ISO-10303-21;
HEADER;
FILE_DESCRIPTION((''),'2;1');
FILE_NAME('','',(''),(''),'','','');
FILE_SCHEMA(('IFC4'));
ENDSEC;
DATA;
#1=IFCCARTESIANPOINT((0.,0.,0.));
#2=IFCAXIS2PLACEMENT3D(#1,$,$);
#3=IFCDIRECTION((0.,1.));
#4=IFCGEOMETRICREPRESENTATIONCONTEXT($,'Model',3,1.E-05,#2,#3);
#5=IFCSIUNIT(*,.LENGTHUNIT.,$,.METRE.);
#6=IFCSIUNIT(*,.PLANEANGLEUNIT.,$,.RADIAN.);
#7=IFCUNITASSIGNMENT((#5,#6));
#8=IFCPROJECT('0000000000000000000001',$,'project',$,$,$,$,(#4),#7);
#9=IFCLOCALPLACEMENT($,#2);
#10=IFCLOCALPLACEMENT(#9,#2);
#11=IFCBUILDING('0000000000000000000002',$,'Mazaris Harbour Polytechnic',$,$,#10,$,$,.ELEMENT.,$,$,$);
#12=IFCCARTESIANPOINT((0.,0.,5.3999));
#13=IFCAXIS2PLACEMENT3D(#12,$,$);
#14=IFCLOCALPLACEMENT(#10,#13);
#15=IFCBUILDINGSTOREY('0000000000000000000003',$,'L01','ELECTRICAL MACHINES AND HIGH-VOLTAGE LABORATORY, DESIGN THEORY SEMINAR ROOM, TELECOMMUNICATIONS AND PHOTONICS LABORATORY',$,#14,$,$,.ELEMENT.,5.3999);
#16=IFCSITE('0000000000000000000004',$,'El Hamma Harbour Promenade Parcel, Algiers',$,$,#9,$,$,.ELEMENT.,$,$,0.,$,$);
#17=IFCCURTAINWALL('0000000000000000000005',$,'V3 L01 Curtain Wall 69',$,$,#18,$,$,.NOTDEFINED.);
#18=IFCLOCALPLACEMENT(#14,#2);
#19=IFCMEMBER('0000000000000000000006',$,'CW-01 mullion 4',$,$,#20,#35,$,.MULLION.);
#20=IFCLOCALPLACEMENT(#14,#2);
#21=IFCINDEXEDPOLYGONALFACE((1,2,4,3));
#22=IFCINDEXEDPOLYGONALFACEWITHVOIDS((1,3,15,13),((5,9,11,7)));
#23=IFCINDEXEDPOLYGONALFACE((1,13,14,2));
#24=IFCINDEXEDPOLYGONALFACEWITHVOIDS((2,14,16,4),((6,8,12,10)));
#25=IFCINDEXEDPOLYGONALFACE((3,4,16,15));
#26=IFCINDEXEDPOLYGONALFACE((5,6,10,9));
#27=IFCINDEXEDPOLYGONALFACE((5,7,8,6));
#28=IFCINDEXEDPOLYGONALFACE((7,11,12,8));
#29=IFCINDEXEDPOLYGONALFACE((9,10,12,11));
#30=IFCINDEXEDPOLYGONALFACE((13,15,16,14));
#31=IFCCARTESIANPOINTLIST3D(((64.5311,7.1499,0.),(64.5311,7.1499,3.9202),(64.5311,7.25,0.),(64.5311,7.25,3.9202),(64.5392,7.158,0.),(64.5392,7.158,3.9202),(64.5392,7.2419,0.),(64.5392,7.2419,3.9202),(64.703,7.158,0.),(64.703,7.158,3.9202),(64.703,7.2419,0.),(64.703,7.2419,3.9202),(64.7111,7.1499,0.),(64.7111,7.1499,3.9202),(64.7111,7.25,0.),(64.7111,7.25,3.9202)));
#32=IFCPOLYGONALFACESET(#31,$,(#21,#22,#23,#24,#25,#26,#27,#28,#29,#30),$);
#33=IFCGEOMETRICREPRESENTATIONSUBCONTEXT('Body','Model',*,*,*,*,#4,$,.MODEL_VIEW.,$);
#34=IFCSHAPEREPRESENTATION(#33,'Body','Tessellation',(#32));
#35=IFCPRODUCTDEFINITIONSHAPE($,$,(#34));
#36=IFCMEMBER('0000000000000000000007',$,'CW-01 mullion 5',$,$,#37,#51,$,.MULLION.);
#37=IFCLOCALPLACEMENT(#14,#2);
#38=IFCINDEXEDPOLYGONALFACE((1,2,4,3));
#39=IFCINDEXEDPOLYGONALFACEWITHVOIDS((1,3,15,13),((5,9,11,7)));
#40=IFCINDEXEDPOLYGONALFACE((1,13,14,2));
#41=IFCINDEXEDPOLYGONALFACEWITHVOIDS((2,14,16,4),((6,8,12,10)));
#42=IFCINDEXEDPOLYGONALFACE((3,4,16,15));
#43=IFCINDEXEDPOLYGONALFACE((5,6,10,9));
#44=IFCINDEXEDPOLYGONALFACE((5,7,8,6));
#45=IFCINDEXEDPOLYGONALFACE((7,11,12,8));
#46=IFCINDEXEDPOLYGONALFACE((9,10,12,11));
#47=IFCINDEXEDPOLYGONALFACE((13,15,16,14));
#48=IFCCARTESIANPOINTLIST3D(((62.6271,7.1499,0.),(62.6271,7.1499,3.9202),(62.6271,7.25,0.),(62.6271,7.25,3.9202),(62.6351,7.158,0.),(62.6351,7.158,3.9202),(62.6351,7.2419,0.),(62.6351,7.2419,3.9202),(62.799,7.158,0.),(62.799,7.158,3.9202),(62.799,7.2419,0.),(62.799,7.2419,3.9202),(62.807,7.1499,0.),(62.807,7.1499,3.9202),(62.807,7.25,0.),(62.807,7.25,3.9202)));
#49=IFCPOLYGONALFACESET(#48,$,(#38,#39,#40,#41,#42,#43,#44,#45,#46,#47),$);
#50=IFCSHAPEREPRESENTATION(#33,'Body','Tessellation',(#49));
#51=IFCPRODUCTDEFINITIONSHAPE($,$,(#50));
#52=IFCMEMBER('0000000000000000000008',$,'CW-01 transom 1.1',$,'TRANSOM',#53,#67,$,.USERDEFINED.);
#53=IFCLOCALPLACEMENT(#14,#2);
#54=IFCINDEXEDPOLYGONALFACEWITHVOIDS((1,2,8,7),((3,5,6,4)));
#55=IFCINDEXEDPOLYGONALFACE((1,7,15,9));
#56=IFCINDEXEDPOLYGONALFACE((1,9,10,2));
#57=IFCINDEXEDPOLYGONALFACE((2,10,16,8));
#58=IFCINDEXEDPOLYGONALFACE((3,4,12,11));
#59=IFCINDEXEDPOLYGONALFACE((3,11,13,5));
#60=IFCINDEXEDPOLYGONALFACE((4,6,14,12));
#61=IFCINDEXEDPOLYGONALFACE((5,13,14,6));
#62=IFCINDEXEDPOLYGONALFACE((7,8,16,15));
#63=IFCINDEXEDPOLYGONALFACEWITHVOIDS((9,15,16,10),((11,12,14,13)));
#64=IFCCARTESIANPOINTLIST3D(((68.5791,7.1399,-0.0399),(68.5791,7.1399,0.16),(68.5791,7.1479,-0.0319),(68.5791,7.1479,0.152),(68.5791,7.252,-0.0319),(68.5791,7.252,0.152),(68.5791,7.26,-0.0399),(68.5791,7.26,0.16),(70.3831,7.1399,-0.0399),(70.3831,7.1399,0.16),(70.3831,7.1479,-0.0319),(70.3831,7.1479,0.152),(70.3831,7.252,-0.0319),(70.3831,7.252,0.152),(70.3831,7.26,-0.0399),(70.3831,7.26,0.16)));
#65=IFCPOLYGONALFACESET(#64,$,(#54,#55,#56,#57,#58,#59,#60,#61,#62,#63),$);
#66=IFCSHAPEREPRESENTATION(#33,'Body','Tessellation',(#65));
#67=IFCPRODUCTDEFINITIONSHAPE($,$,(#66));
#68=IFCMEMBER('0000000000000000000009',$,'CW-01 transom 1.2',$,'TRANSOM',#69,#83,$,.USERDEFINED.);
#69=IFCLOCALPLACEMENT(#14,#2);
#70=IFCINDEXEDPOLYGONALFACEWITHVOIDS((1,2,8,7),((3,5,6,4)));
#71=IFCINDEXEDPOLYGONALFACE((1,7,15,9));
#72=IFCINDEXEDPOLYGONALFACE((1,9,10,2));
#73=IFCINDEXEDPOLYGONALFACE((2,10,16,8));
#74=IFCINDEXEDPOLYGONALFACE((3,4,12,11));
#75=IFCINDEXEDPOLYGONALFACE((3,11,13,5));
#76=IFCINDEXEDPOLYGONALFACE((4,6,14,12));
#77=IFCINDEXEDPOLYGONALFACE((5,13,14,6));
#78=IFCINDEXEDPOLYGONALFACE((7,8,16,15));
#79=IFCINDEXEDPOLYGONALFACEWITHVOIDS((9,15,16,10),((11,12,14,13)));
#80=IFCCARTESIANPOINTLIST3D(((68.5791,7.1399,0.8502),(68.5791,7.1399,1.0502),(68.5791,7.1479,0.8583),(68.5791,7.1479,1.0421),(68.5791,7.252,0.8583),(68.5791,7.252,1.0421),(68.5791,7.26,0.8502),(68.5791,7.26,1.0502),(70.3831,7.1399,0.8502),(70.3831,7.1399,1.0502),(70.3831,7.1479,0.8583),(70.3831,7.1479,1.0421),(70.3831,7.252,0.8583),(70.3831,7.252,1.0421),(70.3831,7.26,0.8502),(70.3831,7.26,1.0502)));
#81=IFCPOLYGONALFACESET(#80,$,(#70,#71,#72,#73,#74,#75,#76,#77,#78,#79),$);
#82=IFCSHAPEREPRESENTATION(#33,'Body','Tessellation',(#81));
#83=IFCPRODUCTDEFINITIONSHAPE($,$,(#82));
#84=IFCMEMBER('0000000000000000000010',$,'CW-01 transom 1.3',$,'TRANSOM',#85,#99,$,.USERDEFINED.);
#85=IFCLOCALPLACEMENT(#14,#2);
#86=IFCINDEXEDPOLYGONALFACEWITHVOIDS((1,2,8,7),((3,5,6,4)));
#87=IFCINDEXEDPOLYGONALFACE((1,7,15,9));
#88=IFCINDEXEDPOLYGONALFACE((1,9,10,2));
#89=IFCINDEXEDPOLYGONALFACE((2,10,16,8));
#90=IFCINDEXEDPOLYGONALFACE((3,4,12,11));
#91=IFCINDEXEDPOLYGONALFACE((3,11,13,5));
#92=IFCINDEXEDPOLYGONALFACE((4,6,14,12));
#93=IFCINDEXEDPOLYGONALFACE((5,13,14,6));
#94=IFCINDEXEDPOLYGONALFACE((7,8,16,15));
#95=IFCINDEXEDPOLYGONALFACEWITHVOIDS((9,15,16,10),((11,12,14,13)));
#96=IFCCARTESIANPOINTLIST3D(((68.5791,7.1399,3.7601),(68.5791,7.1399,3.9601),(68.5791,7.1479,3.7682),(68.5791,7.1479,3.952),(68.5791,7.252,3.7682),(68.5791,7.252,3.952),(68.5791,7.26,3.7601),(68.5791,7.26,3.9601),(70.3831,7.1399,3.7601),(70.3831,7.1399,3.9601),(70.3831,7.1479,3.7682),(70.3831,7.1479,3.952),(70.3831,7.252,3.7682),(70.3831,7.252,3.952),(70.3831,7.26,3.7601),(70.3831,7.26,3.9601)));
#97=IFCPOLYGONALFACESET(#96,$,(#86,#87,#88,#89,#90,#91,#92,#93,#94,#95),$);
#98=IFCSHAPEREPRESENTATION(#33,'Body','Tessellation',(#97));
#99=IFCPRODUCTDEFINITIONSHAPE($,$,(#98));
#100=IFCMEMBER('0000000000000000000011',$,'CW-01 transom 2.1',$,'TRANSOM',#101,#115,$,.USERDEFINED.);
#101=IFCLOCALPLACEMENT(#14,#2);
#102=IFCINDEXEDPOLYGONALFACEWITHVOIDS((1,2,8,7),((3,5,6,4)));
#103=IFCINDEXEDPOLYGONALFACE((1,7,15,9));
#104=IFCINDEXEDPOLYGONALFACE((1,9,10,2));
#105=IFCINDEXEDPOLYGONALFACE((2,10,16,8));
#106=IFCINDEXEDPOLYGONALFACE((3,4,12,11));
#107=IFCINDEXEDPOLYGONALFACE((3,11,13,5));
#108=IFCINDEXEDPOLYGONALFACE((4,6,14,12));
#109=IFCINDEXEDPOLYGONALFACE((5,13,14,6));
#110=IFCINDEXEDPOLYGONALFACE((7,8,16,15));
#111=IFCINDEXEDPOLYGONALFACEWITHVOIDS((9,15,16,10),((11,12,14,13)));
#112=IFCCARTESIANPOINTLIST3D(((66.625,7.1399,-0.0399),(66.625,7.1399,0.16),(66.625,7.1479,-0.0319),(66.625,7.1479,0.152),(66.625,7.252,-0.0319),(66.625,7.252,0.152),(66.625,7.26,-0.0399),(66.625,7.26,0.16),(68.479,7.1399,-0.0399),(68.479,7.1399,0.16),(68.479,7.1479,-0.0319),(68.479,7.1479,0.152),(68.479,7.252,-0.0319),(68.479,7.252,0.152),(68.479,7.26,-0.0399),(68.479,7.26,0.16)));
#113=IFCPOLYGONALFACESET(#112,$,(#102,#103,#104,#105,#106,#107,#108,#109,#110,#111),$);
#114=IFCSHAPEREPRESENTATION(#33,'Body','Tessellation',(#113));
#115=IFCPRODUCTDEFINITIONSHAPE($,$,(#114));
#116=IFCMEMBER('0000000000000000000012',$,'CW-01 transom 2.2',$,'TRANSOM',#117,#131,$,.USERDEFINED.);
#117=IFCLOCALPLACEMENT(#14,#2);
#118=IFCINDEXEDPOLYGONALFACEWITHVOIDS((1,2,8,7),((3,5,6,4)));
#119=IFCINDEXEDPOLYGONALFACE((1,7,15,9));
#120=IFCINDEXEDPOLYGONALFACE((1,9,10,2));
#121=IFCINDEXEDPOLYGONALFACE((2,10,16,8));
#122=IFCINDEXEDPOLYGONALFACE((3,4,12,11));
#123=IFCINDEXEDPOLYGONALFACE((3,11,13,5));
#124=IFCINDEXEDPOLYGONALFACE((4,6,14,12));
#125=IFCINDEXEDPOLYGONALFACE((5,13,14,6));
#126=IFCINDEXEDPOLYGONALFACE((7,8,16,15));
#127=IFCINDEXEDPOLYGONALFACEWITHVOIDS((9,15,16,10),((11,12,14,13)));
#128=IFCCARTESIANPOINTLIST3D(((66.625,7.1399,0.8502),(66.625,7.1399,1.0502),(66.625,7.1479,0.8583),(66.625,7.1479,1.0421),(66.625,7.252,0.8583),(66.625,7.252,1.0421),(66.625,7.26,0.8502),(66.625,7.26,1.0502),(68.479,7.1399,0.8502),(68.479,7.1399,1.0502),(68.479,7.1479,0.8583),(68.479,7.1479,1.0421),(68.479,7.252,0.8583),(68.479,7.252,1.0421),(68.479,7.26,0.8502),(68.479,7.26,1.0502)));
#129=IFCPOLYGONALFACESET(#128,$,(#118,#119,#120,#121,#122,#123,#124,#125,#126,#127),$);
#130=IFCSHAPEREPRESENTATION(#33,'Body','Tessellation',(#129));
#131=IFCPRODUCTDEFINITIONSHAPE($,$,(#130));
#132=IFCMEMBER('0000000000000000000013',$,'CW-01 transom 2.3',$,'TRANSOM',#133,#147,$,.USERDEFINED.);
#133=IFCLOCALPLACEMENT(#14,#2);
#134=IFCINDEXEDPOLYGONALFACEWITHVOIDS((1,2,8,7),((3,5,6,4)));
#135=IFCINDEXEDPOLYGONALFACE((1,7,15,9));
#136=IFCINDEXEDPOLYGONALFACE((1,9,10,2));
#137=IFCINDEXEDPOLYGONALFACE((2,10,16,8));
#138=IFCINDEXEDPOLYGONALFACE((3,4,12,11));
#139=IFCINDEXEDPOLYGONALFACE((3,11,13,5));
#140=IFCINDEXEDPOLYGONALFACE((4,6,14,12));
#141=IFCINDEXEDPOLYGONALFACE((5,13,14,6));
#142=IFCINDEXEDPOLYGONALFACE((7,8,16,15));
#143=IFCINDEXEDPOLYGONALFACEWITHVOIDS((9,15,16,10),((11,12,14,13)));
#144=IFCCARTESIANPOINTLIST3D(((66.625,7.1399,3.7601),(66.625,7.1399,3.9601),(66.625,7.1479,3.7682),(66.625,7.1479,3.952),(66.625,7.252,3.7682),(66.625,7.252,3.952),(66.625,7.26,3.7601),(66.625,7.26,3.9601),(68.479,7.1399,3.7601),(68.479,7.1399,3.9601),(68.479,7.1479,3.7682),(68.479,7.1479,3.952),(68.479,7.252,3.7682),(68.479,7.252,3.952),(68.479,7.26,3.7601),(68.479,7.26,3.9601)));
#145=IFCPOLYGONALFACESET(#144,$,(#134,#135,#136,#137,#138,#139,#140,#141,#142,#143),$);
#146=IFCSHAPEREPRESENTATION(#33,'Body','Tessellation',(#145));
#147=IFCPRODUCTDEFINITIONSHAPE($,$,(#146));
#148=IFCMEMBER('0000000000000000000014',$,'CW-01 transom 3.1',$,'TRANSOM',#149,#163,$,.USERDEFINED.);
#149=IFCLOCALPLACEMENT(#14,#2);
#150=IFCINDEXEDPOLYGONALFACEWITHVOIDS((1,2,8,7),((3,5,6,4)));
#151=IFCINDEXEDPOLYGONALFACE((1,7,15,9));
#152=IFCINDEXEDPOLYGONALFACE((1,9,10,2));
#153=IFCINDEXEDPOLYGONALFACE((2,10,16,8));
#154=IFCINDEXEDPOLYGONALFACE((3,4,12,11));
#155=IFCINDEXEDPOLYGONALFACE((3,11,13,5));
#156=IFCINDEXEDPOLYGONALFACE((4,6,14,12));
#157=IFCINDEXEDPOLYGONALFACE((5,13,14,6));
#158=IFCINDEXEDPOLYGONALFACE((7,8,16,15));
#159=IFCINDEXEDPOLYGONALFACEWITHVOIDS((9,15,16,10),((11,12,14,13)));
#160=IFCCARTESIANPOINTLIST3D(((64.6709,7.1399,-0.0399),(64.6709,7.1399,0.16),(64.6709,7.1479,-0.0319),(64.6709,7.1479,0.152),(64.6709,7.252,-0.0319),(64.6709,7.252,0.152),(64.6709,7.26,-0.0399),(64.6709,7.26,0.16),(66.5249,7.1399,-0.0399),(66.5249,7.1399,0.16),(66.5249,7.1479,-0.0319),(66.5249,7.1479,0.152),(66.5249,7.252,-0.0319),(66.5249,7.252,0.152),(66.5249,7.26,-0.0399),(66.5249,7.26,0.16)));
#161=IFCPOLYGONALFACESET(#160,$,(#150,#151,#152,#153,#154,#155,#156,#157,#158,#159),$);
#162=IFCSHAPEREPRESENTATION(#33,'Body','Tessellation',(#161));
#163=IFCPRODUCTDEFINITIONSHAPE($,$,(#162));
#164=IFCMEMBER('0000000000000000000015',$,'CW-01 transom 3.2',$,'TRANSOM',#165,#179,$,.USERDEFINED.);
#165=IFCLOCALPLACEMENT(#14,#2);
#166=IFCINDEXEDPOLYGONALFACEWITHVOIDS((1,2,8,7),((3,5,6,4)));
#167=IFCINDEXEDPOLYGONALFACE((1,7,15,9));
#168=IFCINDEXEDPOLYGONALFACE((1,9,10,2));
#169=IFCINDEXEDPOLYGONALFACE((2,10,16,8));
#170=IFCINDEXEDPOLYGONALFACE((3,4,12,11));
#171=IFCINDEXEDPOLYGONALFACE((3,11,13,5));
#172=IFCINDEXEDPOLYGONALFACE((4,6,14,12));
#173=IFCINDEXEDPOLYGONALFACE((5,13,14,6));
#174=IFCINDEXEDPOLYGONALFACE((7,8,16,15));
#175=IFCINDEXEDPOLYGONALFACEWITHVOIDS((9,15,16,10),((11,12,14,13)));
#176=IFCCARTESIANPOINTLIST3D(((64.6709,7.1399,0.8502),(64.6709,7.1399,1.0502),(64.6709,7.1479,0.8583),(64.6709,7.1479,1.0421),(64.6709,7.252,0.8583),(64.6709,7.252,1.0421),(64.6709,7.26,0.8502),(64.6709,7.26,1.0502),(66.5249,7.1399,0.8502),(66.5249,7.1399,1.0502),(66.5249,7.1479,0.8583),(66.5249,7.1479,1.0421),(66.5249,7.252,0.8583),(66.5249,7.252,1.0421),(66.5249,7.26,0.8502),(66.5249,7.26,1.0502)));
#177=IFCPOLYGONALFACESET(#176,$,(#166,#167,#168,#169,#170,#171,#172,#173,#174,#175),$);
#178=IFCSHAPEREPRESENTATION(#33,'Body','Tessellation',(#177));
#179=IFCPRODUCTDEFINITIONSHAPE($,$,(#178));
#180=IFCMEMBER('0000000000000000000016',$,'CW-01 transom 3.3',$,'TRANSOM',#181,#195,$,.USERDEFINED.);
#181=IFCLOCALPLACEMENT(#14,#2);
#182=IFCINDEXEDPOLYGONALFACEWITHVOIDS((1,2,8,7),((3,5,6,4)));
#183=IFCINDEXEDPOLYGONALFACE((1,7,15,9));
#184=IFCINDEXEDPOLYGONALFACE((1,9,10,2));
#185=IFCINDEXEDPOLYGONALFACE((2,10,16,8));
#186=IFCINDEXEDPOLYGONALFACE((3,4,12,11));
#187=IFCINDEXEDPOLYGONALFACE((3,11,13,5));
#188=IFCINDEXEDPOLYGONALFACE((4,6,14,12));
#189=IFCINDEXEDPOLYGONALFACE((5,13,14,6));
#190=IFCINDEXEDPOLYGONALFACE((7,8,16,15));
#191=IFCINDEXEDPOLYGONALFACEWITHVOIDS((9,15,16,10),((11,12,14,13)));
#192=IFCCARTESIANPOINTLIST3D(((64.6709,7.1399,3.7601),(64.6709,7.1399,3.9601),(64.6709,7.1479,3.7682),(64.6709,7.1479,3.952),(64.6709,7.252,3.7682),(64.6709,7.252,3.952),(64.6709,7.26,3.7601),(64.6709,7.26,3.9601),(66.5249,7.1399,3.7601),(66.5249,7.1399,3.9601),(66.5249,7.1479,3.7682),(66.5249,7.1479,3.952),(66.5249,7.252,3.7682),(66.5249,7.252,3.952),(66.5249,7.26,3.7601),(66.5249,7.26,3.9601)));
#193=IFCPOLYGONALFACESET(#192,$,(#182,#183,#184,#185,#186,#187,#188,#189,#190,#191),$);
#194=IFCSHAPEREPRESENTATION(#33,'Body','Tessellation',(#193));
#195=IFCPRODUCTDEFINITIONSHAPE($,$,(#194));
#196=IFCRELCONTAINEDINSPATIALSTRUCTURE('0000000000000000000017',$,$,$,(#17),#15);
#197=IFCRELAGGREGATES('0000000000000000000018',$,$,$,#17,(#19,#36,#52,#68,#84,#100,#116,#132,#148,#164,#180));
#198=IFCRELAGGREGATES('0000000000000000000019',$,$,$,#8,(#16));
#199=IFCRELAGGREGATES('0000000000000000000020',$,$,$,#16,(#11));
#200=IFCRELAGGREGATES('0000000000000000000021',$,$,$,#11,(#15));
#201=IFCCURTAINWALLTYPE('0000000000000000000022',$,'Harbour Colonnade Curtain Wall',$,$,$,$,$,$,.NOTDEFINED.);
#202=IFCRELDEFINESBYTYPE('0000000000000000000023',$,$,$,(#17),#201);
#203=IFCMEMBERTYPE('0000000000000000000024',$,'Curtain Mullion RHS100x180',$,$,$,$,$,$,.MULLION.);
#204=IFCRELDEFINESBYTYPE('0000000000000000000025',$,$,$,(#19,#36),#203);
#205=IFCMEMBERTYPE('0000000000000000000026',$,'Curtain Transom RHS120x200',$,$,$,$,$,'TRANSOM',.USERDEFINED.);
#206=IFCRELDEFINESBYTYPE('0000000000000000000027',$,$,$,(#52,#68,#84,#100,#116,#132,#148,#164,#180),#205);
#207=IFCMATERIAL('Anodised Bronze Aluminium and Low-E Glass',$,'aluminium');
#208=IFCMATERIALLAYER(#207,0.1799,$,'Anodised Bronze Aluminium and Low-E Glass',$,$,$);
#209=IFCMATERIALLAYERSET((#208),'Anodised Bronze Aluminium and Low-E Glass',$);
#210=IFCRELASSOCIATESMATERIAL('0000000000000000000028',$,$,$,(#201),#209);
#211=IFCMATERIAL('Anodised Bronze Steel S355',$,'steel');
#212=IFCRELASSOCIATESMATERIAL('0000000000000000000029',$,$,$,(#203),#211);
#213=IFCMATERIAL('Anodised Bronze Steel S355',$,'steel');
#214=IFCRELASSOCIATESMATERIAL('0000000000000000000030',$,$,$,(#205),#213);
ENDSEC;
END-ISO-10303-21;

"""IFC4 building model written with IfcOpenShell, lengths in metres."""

from ifc_helpers import new_model, si_unit, direction, frame, origin, origin_2d, place, context, subcontext, project, spatial, hollow_rectangle, extrude, material, layer, layer_set, material_profile, profile_set, type_object, element, aggregate, save


model = new_model("IFC4")

# Units and contexts
model_context = context("Model", 3, precision=1e-05, world=origin(), true_north=direction((0.0, 1.0)))
body_context = subcontext(model_context, "Body", "Model", "MODEL_VIEW")
ifc_project = project(units=[si_unit("LENGTHUNIT", "METRE"), si_unit("PLANEANGLEUNIT", "RADIAN")], contexts=[model_context])

# Site, building, storey
site_placement = place(None, origin())
site = spatial("IfcSite", under=ifc_project, at=site_placement, Name="El Hamma Harbour Promenade Parcel, Algiers", CompositionType="ELEMENT", RefElevation=0.0)
building_placement = place(site_placement, origin())
building = spatial("IfcBuilding", under=site, at=building_placement, Name="Mazaris Harbour Polytechnic", CompositionType="ELEMENT")
storey_placement = place(building_placement, frame((0.0, 0.0, 5.3999)))
storey = spatial("IfcBuildingStorey", under=building, at=storey_placement, Name="L01", Description="ELECTRICAL MACHINES AND HIGH-VOLTAGE LABORATORY, DESIGN THEORY SEMINAR ROOM, TELECOMMUNICATIONS AND PHOTONICS LABORATORY", CompositionType="ELEMENT", Elevation=5.3999)

# Curtain wall, members
ifc_material_1 = material(Name="Anodised Bronze Aluminium and Low-E Glass", Category="aluminium")
ifc_layer_1 = layer(ifc_material_1, 0.1799, Name="Anodised Bronze Aluminium and Low-E Glass")
ifc_layer_set_1 = layer_set([ifc_layer_1], Name="Anodised Bronze Aluminium and Low-E Glass")
curtain_wall_type = type_object("IfcCurtainWallType", Name="Harbour Colonnade Curtain Wall", PredefinedType="NOTDEFINED", material=ifc_layer_set_1)
curtain_wall_placement = place(storey_placement, origin())
curtain_wall = element("IfcCurtainWall", 1, at=curtain_wall_placement, inside=storey, type_object=curtain_wall_type, Name="V3 L01 Curtain Wall 69", PredefinedType="NOTDEFINED")
ifc_material_2 = material(Name="Anodised Bronze Steel S355", Category="steel")
ifc_material_profile_1 = material_profile(ifc_material_2, hollow_rectangle(XDim=0.1001, YDim=0.1799, WallThickness=0.0081, at=origin_2d()), Name="RHS 100x180x8.0")
ifc_profile_set_1 = profile_set([ifc_material_profile_1], Name="Anodised Bronze Steel S355")
member_type_1 = type_object("IfcMemberType", Name="Curtain Mullion RHS100x180", PredefinedType="MULLION", material=ifc_profile_set_1)
member_1_placement = place(storey_placement, frame((64.6211, 7.2, 0.0), z_axis=(0.0, 0.0, 1.0), x_axis=(0.0, -1.0, 0.0)))
member_1 = element("IfcMember", 2, at=member_1_placement, type_object=member_type_1, Name="CW-01 mullion 4", PredefinedType="MULLION", context=body_context, shape_type="SweptSolid", body=[
    extrude(hollow_rectangle(XDim=0.1001, YDim=0.1799, WallThickness=0.0081, at=origin_2d()), origin(), (0.0, 0.0, 1.0), 3.9202),
])
member_2_placement = place(storey_placement, frame((62.717, 7.2, 0.0), z_axis=(0.0, 0.0, 1.0), x_axis=(0.0, -1.0, 0.0)))
member_2 = element("IfcMember", 3, at=member_2_placement, type_object=member_type_1, Name="CW-01 mullion 5", PredefinedType="MULLION", context=body_context, shape_type="SweptSolid", body=[
    extrude(hollow_rectangle(XDim=0.1001, YDim=0.1799, WallThickness=0.0081, at=origin_2d()), origin(), (0.0, 0.0, 1.0), 3.9202),
])
ifc_material_3 = material(Name="Anodised Bronze Steel S355", Category="steel")
ifc_material_profile_2 = material_profile(ifc_material_3, hollow_rectangle(XDim=0.1201, YDim=0.2, WallThickness=0.0081, at=origin_2d()), Name="RHS 120x200x8.0")
ifc_profile_set_2 = profile_set([ifc_material_profile_2], Name="Anodised Bronze Steel S355")
member_type_2 = type_object("IfcMemberType", Name="Curtain Transom RHS120x200", ElementType="TRANSOM", PredefinedType="USERDEFINED", material=ifc_profile_set_2)
member_3_placement = place(storey_placement, frame((70.3831, 7.2, 0.0601), z_axis=(-1.0, 0.0, 0.0), x_axis=(0.0, -1.0, 0.0)))
member_3 = element("IfcMember", 4, at=member_3_placement, type_object=member_type_2, Name="CW-01 transom 1.1", ObjectType="TRANSOM", PredefinedType="USERDEFINED", context=body_context, shape_type="SweptSolid", body=[
    extrude(hollow_rectangle(XDim=0.1201, YDim=0.2, WallThickness=0.0081, at=origin_2d()), origin(), (0.0, 0.0, 1.0), 1.804),
])
member_4_placement = place(storey_placement, frame((70.3831, 7.2, 0.9502), z_axis=(-1.0, 0.0, 0.0), x_axis=(0.0, -1.0, 0.0)))
member_4 = element("IfcMember", 5, at=member_4_placement, type_object=member_type_2, Name="CW-01 transom 1.2", ObjectType="TRANSOM", PredefinedType="USERDEFINED", context=body_context, shape_type="SweptSolid", body=[
    extrude(hollow_rectangle(XDim=0.1201, YDim=0.2, WallThickness=0.0081, at=origin_2d()), origin(), (0.0, 0.0, 1.0), 1.804),
])
member_5_placement = place(storey_placement, frame((70.3831, 7.2, 3.8601), z_axis=(-1.0, 0.0, 0.0), x_axis=(0.0, -1.0, 0.0)))
member_5 = element("IfcMember", 6, at=member_5_placement, type_object=member_type_2, Name="CW-01 transom 1.3", ObjectType="TRANSOM", PredefinedType="USERDEFINED", context=body_context, shape_type="SweptSolid", body=[
    extrude(hollow_rectangle(XDim=0.1201, YDim=0.2, WallThickness=0.0081, at=origin_2d()), origin(), (0.0, 0.0, 1.0), 1.804),
])
member_6_placement = place(storey_placement, frame((68.479, 7.2, 0.0601), z_axis=(-1.0, 0.0, 0.0), x_axis=(0.0, -1.0, 0.0)))
member_6 = element("IfcMember", 7, at=member_6_placement, type_object=member_type_2, Name="CW-01 transom 2.1", ObjectType="TRANSOM", PredefinedType="USERDEFINED", context=body_context, shape_type="SweptSolid", body=[
    extrude(hollow_rectangle(XDim=0.1201, YDim=0.2, WallThickness=0.0081, at=origin_2d()), origin(), (0.0, 0.0, 1.0), 1.854),
])
member_7_placement = place(storey_placement, frame((68.479, 7.2, 0.9502), z_axis=(-1.0, 0.0, 0.0), x_axis=(0.0, -1.0, 0.0)))
member_7 = element("IfcMember", 8, at=member_7_placement, type_object=member_type_2, Name="CW-01 transom 2.2", ObjectType="TRANSOM", PredefinedType="USERDEFINED", context=body_context, shape_type="SweptSolid", body=[
    extrude(hollow_rectangle(XDim=0.1201, YDim=0.2, WallThickness=0.0081, at=origin_2d()), origin(), (0.0, 0.0, 1.0), 1.854),
])
member_8_placement = place(storey_placement, frame((68.479, 7.2, 3.8601), z_axis=(-1.0, 0.0, 0.0), x_axis=(0.0, -1.0, 0.0)))
member_8 = element("IfcMember", 9, at=member_8_placement, type_object=member_type_2, Name="CW-01 transom 2.3", ObjectType="TRANSOM", PredefinedType="USERDEFINED", context=body_context, shape_type="SweptSolid", body=[
    extrude(hollow_rectangle(XDim=0.1201, YDim=0.2, WallThickness=0.0081, at=origin_2d()), origin(), (0.0, 0.0, 1.0), 1.854),
])
member_9_placement = place(storey_placement, frame((66.5249, 7.2, 0.0601), z_axis=(-1.0, 0.0, 0.0), x_axis=(0.0, -1.0, 0.0)))
member_9 = element("IfcMember", 10, at=member_9_placement, type_object=member_type_2, Name="CW-01 transom 3.1", ObjectType="TRANSOM", PredefinedType="USERDEFINED", context=body_context, shape_type="SweptSolid", body=[
    extrude(hollow_rectangle(XDim=0.1201, YDim=0.2, WallThickness=0.0081, at=origin_2d()), origin(), (0.0, 0.0, 1.0), 1.854),
])
member_10_placement = place(storey_placement, frame((66.5249, 7.2, 0.9502), z_axis=(-1.0, 0.0, 0.0), x_axis=(0.0, -1.0, 0.0)))
member_10 = element("IfcMember", 11, at=member_10_placement, type_object=member_type_2, Name="CW-01 transom 3.2", ObjectType="TRANSOM", PredefinedType="USERDEFINED", context=body_context, shape_type="SweptSolid", body=[
    extrude(hollow_rectangle(XDim=0.1201, YDim=0.2, WallThickness=0.0081, at=origin_2d()), origin(), (0.0, 0.0, 1.0), 1.854),
])
member_11_placement = place(storey_placement, frame((66.5249, 7.2, 3.8601), z_axis=(-1.0, 0.0, 0.0), x_axis=(0.0, -1.0, 0.0)))
member_11 = element("IfcMember", 12, at=member_11_placement, type_object=member_type_2, Name="CW-01 transom 3.3", ObjectType="TRANSOM", PredefinedType="USERDEFINED", context=body_context, shape_type="SweptSolid", body=[
    extrude(hollow_rectangle(XDim=0.1201, YDim=0.2, WallThickness=0.0081, at=origin_2d()), origin(), (0.0, 0.0, 1.0), 1.854),
])

aggregate(curtain_wall, [member_1, member_2, member_3, member_4, member_5, member_6, member_7, member_8, member_9, member_10, member_11])

save(model, "model.ifc")
